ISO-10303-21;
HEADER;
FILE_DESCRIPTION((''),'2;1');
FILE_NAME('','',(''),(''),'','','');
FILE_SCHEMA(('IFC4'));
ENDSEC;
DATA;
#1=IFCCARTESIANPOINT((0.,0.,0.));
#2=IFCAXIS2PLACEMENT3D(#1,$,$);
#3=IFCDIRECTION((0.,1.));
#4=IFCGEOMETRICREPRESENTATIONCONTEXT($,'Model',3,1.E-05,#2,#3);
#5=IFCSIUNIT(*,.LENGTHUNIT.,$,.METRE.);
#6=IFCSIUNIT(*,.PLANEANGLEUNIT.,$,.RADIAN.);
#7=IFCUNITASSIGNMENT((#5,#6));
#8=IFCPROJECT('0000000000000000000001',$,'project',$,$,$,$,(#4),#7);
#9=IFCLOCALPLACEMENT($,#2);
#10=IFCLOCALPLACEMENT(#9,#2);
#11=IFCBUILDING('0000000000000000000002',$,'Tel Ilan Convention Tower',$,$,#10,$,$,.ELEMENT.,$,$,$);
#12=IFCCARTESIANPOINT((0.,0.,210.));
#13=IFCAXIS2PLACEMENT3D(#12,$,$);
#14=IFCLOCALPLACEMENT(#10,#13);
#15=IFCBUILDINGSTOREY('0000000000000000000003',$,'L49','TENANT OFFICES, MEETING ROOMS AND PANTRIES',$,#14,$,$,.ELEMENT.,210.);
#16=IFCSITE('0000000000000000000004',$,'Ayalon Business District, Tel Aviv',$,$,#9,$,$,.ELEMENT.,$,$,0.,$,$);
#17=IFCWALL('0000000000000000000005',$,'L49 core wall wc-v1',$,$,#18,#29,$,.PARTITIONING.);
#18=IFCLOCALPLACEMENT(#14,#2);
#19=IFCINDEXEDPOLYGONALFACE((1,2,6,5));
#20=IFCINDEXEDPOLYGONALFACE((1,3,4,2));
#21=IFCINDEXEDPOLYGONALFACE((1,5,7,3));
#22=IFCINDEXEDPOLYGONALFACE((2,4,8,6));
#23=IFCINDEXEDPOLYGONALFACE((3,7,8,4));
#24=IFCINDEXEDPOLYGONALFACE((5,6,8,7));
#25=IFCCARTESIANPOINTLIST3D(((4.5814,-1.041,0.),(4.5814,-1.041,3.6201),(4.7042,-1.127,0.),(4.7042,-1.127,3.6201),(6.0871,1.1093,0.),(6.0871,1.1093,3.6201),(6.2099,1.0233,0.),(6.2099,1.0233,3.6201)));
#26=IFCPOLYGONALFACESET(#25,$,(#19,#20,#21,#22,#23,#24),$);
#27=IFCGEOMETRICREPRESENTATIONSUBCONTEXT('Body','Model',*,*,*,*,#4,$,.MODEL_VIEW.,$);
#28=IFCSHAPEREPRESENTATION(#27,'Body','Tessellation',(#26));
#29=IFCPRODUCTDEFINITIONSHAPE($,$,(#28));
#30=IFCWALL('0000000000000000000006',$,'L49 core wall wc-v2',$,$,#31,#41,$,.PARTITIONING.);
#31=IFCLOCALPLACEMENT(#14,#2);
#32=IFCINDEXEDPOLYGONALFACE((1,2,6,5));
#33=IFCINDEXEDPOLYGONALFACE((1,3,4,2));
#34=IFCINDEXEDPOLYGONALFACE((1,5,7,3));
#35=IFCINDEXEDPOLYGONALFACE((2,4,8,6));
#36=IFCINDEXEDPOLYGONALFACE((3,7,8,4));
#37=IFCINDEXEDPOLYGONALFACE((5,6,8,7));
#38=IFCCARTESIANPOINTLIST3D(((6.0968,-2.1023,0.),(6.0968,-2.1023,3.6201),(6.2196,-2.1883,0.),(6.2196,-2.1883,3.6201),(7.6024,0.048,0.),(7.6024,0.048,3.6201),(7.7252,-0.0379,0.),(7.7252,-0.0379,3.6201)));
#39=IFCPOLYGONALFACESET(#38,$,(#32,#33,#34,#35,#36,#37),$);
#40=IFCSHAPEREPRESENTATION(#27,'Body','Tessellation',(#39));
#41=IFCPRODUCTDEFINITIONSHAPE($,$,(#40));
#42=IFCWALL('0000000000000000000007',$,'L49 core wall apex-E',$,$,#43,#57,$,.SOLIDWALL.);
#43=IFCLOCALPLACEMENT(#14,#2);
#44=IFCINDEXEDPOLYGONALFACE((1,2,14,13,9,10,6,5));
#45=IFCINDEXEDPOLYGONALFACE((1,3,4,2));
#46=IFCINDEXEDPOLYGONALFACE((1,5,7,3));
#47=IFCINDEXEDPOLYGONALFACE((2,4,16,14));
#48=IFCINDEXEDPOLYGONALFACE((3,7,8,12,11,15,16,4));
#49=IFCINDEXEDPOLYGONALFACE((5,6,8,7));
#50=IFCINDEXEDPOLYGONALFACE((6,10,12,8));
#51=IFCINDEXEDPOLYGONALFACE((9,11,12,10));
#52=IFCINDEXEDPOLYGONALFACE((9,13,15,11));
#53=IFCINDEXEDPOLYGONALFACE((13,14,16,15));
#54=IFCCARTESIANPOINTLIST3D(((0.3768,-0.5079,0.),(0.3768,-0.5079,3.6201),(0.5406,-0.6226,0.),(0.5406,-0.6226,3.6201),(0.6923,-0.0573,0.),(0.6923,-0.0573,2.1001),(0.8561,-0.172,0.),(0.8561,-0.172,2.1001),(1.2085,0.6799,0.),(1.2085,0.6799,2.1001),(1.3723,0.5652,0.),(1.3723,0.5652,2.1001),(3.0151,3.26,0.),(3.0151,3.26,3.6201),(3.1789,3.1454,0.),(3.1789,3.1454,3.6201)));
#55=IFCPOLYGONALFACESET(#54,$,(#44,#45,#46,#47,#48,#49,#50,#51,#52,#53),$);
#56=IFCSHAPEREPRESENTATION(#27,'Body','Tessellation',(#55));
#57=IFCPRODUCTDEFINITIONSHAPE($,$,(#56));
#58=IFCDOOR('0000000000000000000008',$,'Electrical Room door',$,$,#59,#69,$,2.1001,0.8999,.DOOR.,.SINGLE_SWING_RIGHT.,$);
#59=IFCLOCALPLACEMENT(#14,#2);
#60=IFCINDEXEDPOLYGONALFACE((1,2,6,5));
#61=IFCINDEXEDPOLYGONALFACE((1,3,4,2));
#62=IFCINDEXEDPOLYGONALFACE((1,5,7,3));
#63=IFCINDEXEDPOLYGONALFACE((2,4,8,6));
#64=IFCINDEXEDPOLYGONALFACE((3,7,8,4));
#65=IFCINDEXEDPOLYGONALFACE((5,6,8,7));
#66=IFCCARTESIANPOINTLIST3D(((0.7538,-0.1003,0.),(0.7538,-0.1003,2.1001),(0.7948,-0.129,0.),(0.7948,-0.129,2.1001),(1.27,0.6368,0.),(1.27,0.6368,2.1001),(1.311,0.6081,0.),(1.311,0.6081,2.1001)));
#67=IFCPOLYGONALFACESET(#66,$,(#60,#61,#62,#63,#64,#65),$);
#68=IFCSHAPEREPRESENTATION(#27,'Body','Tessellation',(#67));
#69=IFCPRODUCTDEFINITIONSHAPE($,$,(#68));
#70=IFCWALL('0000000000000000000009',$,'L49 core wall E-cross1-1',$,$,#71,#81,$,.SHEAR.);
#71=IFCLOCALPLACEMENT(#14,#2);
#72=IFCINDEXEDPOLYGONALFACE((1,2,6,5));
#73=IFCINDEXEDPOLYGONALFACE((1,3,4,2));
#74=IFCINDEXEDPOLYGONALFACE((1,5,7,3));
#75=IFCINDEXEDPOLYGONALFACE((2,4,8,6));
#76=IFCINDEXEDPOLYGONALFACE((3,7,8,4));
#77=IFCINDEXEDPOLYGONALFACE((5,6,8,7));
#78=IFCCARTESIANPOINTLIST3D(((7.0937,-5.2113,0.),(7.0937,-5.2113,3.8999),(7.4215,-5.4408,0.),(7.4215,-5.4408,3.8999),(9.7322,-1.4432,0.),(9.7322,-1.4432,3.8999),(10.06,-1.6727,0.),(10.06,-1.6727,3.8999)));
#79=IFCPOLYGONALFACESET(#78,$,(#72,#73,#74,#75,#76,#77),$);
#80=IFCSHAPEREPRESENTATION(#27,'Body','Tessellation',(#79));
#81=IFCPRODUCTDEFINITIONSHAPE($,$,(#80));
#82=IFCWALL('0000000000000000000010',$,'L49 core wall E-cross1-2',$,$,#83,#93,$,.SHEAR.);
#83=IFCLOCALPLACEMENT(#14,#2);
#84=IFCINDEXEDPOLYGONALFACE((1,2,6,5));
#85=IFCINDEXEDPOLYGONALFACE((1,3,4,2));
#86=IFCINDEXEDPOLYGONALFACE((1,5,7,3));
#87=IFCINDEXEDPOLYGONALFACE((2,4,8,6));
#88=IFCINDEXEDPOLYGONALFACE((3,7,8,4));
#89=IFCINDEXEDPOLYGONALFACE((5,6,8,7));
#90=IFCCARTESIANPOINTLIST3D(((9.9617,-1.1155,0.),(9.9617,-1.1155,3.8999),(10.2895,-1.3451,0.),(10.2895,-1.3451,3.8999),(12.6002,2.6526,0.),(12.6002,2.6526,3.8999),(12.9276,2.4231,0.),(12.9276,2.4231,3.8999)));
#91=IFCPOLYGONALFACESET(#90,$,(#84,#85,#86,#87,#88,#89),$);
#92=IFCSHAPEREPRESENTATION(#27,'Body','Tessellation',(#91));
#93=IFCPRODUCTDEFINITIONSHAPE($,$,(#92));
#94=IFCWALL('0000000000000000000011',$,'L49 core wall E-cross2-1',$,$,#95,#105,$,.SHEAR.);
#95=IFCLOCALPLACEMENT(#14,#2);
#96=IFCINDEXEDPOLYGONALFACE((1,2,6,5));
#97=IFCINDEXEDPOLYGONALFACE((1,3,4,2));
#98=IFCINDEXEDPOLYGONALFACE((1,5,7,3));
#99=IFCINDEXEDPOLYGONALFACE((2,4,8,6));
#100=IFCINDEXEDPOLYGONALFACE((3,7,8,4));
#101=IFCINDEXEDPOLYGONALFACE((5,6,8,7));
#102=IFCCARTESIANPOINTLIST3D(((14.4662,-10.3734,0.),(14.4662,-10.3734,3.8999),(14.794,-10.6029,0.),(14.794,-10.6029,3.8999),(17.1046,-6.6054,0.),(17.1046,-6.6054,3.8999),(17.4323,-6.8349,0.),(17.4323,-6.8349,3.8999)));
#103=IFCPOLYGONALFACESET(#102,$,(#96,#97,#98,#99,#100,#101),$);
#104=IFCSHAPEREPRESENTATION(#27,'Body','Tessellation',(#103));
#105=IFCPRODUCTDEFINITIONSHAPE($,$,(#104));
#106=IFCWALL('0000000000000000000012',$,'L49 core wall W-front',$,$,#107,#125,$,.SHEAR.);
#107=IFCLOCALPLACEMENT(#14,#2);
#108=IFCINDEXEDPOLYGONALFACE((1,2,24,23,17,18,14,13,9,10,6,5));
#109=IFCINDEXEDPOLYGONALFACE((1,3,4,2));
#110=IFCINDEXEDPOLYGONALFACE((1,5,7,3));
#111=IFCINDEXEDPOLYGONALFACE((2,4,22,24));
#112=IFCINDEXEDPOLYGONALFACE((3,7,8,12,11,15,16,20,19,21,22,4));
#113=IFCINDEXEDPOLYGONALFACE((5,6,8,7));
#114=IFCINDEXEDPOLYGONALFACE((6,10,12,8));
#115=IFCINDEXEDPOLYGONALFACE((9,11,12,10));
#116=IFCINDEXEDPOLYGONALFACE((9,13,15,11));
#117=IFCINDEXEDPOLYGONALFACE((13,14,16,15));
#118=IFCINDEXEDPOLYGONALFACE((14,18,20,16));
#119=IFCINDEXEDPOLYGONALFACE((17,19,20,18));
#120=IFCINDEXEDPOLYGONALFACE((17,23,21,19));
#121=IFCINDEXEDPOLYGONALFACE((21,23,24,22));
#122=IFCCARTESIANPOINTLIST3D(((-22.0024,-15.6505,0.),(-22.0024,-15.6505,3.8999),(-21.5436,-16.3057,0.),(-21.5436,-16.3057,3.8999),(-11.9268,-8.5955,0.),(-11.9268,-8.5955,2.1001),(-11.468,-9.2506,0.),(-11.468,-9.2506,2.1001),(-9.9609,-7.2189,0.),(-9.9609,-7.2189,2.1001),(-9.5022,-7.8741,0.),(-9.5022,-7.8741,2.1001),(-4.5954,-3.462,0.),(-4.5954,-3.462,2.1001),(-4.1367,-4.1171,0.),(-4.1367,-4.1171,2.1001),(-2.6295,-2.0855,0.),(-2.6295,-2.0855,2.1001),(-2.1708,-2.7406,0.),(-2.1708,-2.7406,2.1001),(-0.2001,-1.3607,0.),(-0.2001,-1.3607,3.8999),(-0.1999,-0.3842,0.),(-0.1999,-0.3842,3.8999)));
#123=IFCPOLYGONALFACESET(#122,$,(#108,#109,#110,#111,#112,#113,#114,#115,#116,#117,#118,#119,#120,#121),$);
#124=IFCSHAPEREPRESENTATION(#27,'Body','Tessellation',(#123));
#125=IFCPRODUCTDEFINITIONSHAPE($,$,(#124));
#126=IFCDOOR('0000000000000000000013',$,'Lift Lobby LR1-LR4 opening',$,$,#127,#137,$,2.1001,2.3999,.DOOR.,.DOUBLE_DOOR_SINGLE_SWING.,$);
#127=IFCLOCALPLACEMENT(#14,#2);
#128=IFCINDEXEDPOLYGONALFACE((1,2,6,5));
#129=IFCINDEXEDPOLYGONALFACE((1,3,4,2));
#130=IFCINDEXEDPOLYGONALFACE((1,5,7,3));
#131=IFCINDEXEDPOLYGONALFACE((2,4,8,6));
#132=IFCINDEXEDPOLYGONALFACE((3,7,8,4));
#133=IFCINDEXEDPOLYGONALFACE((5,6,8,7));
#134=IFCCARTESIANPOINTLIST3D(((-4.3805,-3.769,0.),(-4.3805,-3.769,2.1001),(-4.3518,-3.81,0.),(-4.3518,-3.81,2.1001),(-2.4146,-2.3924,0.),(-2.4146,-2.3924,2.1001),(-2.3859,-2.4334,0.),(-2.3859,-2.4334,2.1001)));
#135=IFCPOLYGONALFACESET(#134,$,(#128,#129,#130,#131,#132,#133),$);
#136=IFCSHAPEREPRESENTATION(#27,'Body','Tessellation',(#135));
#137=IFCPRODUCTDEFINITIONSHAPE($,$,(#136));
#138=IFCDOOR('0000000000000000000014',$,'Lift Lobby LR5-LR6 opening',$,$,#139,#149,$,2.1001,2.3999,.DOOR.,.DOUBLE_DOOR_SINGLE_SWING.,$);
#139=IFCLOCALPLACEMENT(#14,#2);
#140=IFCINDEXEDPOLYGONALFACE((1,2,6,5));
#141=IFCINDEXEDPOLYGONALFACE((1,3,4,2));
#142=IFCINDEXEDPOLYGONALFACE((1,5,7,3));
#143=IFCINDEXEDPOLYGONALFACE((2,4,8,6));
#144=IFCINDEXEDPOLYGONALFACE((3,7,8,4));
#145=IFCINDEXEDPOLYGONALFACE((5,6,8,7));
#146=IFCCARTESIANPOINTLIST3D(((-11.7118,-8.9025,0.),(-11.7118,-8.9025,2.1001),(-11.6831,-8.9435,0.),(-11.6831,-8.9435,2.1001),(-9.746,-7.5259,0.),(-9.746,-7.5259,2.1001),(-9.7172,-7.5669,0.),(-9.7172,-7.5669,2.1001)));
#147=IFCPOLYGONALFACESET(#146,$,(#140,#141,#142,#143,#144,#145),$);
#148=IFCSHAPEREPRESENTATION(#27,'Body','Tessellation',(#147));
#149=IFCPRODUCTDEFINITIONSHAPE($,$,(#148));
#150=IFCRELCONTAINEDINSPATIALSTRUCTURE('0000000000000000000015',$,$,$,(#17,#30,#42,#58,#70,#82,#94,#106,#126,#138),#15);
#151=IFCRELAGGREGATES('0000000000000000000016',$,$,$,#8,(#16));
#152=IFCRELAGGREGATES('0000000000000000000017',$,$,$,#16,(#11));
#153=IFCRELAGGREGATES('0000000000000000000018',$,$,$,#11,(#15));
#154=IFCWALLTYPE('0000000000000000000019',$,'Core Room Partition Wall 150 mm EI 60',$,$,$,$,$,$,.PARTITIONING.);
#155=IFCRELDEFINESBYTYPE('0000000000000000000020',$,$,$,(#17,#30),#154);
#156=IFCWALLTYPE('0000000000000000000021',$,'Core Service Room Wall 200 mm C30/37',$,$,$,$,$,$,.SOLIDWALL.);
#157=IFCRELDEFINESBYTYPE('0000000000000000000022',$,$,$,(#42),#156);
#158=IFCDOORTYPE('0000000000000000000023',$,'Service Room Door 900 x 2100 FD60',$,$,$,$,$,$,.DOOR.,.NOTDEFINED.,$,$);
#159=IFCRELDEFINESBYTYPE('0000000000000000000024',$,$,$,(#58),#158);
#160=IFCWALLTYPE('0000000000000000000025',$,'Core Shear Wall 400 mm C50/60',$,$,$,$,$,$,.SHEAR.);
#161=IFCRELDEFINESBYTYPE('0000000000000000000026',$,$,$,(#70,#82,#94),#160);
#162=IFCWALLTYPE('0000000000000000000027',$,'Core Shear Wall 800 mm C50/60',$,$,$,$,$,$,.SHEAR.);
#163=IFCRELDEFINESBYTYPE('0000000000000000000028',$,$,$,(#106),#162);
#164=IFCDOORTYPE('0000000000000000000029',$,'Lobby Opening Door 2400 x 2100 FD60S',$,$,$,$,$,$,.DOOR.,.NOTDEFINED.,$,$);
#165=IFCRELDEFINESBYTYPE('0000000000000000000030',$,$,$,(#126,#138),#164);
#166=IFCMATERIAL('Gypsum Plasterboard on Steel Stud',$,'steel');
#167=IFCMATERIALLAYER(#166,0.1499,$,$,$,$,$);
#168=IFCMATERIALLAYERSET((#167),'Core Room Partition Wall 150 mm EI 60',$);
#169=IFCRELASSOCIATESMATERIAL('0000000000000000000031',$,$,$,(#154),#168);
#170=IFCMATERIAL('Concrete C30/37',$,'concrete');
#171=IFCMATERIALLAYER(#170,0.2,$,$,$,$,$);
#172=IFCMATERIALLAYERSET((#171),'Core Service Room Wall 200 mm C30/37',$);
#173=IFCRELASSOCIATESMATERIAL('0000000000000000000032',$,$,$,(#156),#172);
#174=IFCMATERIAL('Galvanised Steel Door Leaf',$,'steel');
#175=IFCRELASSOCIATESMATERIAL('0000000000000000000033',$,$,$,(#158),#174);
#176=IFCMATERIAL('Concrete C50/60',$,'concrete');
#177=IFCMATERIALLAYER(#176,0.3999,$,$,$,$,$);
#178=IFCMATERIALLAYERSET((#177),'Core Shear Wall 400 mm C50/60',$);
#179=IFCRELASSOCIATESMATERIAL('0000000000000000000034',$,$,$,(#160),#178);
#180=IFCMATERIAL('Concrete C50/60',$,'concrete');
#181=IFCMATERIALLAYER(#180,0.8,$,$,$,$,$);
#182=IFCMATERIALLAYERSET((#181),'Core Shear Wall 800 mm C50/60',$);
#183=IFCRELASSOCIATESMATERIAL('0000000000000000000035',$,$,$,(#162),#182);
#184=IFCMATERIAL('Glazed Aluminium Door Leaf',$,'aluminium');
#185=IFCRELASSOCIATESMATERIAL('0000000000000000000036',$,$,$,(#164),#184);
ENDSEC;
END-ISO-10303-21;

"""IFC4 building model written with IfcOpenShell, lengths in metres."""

from ifc_helpers import new_model, si_unit, direction, frame, frame_2d, origin, place, context, subcontext, project, spatial, polyline, rectangle, outline, extrude, material, layer, layer_set, type_object, element, fill, save


model = new_model("IFC4")

# Units and contexts
model_context = context("Model", 3, precision=1e-05, world=origin(), true_north=direction((0.0, 1.0)))
body_context = subcontext(model_context, "Body", "Model", "MODEL_VIEW")
ifc_project = project(units=[si_unit("LENGTHUNIT", "METRE"), si_unit("PLANEANGLEUNIT", "RADIAN")], contexts=[model_context])

# Site, building, storey
site_placement = place(None, origin())
site = spatial("IfcSite", under=ifc_project, at=site_placement, Name="Ayalon Business District, Tel Aviv", CompositionType="ELEMENT", RefElevation=0.0)
building_placement = place(site_placement, origin())
building = spatial("IfcBuilding", under=site, at=building_placement, Name="Tel Ilan Convention Tower", CompositionType="ELEMENT")
storey_placement = place(building_placement, frame((0.0, 0.0, 210.0)))
storey = spatial("IfcBuildingStorey", under=building, at=storey_placement, Name="L49", Description="TENANT OFFICES, MEETING ROOMS AND PANTRIES", CompositionType="ELEMENT", Elevation=210.0)

# Walls
ifc_material_1 = material(Name="Gypsum Plasterboard on Steel Stud", Category="steel")
ifc_layer_1 = layer(ifc_material_1, 0.1499)
ifc_layer_set_1 = layer_set([ifc_layer_1], Name="Core Room Partition Wall 150 mm EI 60")
wall_type_1 = type_object("IfcWallType", Name="Core Room Partition Wall 150 mm EI 60", PredefinedType="PARTITIONING", material=ifc_layer_set_1)
for number, where, z_axis, x_axis, name in (
    (1, (4.6428, -1.084, 0.0), (0.0, 0.0, 1.0), (0.573593, 0.81914, 0.0), "L49 core wall wc-v1"),
    (2, (6.1582, -2.1453, 0.0), (0.0, 0.0, 1.0), (0.57355, 0.819171, 0.0), "L49 core wall wc-v2"),
):
    element("IfcWall", number, at=place(storey_placement, frame(where, z_axis=z_axis, x_axis=x_axis)), inside=storey, type_object=wall_type_1, Name=name, PredefinedType="PARTITIONING", context=body_context, shape_type="SweptSolid", body=[
        extrude(rectangle(XDim=2.625, YDim=0.1499, at=frame_2d((1.3125, 0.0))), origin(), (0.0, 0.0, 1.0), 3.6201),
    ])

# Wall, opening, door
ifc_material_2 = material(Name="Concrete C30/37", Category="concrete")
ifc_layer_2 = layer(ifc_material_2, 0.2)
ifc_layer_set_2 = layer_set([ifc_layer_2], Name="Core Service Room Wall 200 mm C30/37")
wall_type_2 = type_object("IfcWallType", Name="Core Service Room Wall 200 mm C30/37", PredefinedType="SOLIDWALL", material=ifc_layer_set_2)
wall_1_placement = place(storey_placement, frame((0.4587, -0.5652, 0.0), z_axis=(0.0, 0.0, 1.0), x_axis=(0.573576, 0.819152, 0.0)))
wall_1 = element("IfcWall", 3, at=wall_1_placement, inside=storey, type_object=wall_type_2, Name="L49 core wall apex-E", PredefinedType="SOLIDWALL", context=body_context, shape_type="SweptSolid", body=[
    extrude(rectangle(XDim=4.5999, YDim=0.2, at=frame_2d((2.2998, 0.0))), origin(), (0.0, 0.0, 1.0), 3.6201),
])
opening_1_placement = place(wall_1_placement, frame((0.55, 0.0, 0.0)))
opening_1 = element("IfcOpeningElement", 4, at=opening_1_placement, cuts=wall_1, PredefinedType="OPENING", context=body_context, shape_type="SweptSolid", body=[
    extrude(rectangle(XDim=0.8999, YDim=2.1001, at=frame_2d((0.45, 1.05))), frame((0.0, 0.1099, 0.0), z_axis=(0.0, -1.0, 0.0), x_axis=(1.0, 0.0, 0.0)), (0.0, 0.0, 1.0), 0.22),
])
ifc_material_3 = material(Name="Galvanised Steel Door Leaf", Category="steel")
door_type_1 = type_object("IfcDoorType", Name="Service Room Door 900 x 2100 FD60", OperationType="NOTDEFINED", PredefinedType="DOOR", material=ifc_material_3)
door_1_placement = place(opening_1_placement, origin())
door_1 = element("IfcDoor", 5, at=door_1_placement, inside=storey, type_object=door_type_1, Name="Electrical Room door", OperationType="SINGLE_SWING_RIGHT", OverallHeight=2.1001, OverallWidth=0.8999, PredefinedType="DOOR", context=body_context, shape_type="SweptSolid", body=[
    extrude(rectangle(XDim=0.8999, YDim=2.1001, at=frame_2d((0.45, 1.05))), frame((0.0, 0.0249, 0.0), z_axis=(0.0, -1.0, 0.0), x_axis=(1.0, 0.0, 0.0)), (0.0, 0.0, 1.0), 0.05),
])
fill(opening_1, door_1)

# Walls
ifc_material_4 = material(Name="Concrete C50/60", Category="concrete")
ifc_layer_3 = layer(ifc_material_4, 0.3999)
ifc_layer_set_3 = layer_set([ifc_layer_3], Name="Core Shear Wall 400 mm C50/60")
wall_type_3 = type_object("IfcWallType", Name="Core Shear Wall 400 mm C50/60", PredefinedType="SHEAR", material=ifc_layer_set_3)
wall_2_placement = place(storey_placement, frame((7.2578, -5.3259, 0.0), z_axis=(0.0, 0.0, 1.0), x_axis=(0.573541, 0.819177, 0.0)))
element("IfcWall", 6, at=wall_2_placement, inside=storey, type_object=wall_type_3, Name="L49 core wall E-cross1-1", PredefinedType="SHEAR", context=body_context, shape_type="SweptSolid", body=[
    extrude(outline(polyline([(-0.0002, 0.2002), (-0.0002, -0.2), (4.5999, -0.2002), (4.5999, 0.2), (-0.0002, 0.2002)])), origin(), (0.0, 0.0, 1.0), 3.8999),
])
wall_3_placement = place(storey_placement, frame((10.1255, -1.2302, 0.0), z_axis=(0.0, 0.0, 1.0), x_axis=(0.573576, 0.819152, 0.0)))
element("IfcWall", 7, at=wall_3_placement, inside=storey, type_object=wall_type_3, Name="L49 core wall E-cross1-2", PredefinedType="SHEAR", context=body_context, shape_type="SweptSolid", body=[
    extrude(outline(polyline([(4.5999, -0.2), (4.6001, 0.2), (0.0, 0.2), (0.0, -0.2002), (4.5999, -0.2)])), origin(), (0.0, 0.0, 1.0), 3.8999),
])
wall_4_placement = place(storey_placement, frame((14.6299, -10.4883, 0.0), z_axis=(0.0, 0.0, 1.0), x_axis=(0.573612, 0.819127, 0.0)))
element("IfcWall", 8, at=wall_4_placement, inside=storey, type_object=wall_type_3, Name="L49 core wall E-cross2-1", PredefinedType="SHEAR", context=body_context, shape_type="SweptSolid", body=[
    extrude(outline(polyline([(0.0002, 0.2), (0.0002, -0.2002), (4.6001, -0.2), (4.6001, 0.2002), (0.0002, 0.2)])), origin(), (0.0, 0.0, 1.0), 3.8999),
])

# Wall, openings, doors
ifc_material_5 = material(Name="Concrete C50/60", Category="concrete")
ifc_layer_4 = layer(ifc_material_5, 0.8)
ifc_layer_set_4 = layer_set([ifc_layer_4], Name="Core Shear Wall 800 mm C50/60")
wall_type_4 = type_object("IfcWallType", Name="Core Shear Wall 800 mm C50/60", PredefinedType="SHEAR", material=ifc_layer_set_4)
wall_5_placement = place(storey_placement, frame((0.0293, -0.7119, 0.0), z_axis=(0.0, 0.0, 1.0), x_axis=(-0.819152, -0.573577, 0.0)))
wall_5 = element("IfcWall", 9, at=wall_5_placement, inside=storey, type_object=wall_type_4, Name="L49 core wall W-front", PredefinedType="SHEAR", context=body_context, shape_type="SweptSolid", body=[
    extrude(outline(polyline([(26.6157, 0.3999), (0.5601, 0.3999), (-0.0002, -0.3999), (26.6157, -0.3999), (26.6157, 0.3999)])), origin(), (0.0, 0.0, 1.0), 3.8999),
])
opening_2_placement = place(wall_5_placement, frame((2.9658, 0.0, 0.0)))
opening_2 = element("IfcOpeningElement", 10, at=opening_2_placement, cuts=wall_5, PredefinedType="OPENING", context=body_context, shape_type="SweptSolid", body=[
    extrude(rectangle(XDim=2.3999, YDim=2.1001, at=frame_2d((1.2, 1.05))), frame((0.0, 0.4099, 0.0), z_axis=(0.0, -1.0, 0.0), x_axis=(1.0, 0.0, 0.0)), (0.0, 0.0, 1.0), 0.8201),
])
opening_3_placement = place(wall_5_placement, frame((11.9158, 0.0, 0.0)))
opening_3 = element("IfcOpeningElement", 11, at=opening_3_placement, cuts=wall_5, PredefinedType="OPENING", context=body_context, shape_type="SweptSolid", body=[
    extrude(rectangle(XDim=2.3999, YDim=2.1001, at=frame_2d((1.2, 1.05))), frame((0.0, 0.4099, 0.0), z_axis=(0.0, -1.0, 0.0), x_axis=(1.0, 0.0, 0.0)), (0.0, 0.0, 1.0), 0.8201),
])
ifc_material_6 = material(Name="Glazed Aluminium Door Leaf", Category="aluminium")
door_type_2 = type_object("IfcDoorType", Name="Lobby Opening Door 2400 x 2100 FD60S", OperationType="NOTDEFINED", PredefinedType="DOOR", material=ifc_material_6)
door_2_placement = place(opening_2_placement, origin())
door_2 = element("IfcDoor", 12, at=door_2_placement, inside=storey, type_object=door_type_2, Name="Lift Lobby LR1-LR4 opening", OperationType="DOUBLE_DOOR_SINGLE_SWING", OverallHeight=2.1001, OverallWidth=2.3999, PredefinedType="DOOR", context=body_context, shape_type="SweptSolid", body=[
    extrude(rectangle(XDim=2.3999, YDim=2.1001, at=frame_2d((1.2, 1.05))), frame((0.0, 0.0249, 0.0), z_axis=(0.0, -1.0, 0.0), x_axis=(1.0, 0.0, 0.0)), (0.0, 0.0, 1.0), 0.05),
])
fill(opening_2, door_2)
door_3_placement = place(opening_3_placement, origin())
door_3 = element("IfcDoor", 13, at=door_3_placement, inside=storey, type_object=door_type_2, Name="Lift Lobby LR5-LR6 opening", OperationType="DOUBLE_DOOR_SINGLE_SWING", OverallHeight=2.1001, OverallWidth=2.3999, PredefinedType="DOOR", context=body_context, shape_type="SweptSolid", body=[
    extrude(rectangle(XDim=2.3999, YDim=2.1001, at=frame_2d((1.2, 1.05))), frame((0.0, 0.0249, 0.0), z_axis=(0.0, -1.0, 0.0), x_axis=(1.0, 0.0, 0.0)), (0.0, 0.0, 1.0), 0.05),
])
fill(opening_3, door_3)

save(model, "model.ifc")
